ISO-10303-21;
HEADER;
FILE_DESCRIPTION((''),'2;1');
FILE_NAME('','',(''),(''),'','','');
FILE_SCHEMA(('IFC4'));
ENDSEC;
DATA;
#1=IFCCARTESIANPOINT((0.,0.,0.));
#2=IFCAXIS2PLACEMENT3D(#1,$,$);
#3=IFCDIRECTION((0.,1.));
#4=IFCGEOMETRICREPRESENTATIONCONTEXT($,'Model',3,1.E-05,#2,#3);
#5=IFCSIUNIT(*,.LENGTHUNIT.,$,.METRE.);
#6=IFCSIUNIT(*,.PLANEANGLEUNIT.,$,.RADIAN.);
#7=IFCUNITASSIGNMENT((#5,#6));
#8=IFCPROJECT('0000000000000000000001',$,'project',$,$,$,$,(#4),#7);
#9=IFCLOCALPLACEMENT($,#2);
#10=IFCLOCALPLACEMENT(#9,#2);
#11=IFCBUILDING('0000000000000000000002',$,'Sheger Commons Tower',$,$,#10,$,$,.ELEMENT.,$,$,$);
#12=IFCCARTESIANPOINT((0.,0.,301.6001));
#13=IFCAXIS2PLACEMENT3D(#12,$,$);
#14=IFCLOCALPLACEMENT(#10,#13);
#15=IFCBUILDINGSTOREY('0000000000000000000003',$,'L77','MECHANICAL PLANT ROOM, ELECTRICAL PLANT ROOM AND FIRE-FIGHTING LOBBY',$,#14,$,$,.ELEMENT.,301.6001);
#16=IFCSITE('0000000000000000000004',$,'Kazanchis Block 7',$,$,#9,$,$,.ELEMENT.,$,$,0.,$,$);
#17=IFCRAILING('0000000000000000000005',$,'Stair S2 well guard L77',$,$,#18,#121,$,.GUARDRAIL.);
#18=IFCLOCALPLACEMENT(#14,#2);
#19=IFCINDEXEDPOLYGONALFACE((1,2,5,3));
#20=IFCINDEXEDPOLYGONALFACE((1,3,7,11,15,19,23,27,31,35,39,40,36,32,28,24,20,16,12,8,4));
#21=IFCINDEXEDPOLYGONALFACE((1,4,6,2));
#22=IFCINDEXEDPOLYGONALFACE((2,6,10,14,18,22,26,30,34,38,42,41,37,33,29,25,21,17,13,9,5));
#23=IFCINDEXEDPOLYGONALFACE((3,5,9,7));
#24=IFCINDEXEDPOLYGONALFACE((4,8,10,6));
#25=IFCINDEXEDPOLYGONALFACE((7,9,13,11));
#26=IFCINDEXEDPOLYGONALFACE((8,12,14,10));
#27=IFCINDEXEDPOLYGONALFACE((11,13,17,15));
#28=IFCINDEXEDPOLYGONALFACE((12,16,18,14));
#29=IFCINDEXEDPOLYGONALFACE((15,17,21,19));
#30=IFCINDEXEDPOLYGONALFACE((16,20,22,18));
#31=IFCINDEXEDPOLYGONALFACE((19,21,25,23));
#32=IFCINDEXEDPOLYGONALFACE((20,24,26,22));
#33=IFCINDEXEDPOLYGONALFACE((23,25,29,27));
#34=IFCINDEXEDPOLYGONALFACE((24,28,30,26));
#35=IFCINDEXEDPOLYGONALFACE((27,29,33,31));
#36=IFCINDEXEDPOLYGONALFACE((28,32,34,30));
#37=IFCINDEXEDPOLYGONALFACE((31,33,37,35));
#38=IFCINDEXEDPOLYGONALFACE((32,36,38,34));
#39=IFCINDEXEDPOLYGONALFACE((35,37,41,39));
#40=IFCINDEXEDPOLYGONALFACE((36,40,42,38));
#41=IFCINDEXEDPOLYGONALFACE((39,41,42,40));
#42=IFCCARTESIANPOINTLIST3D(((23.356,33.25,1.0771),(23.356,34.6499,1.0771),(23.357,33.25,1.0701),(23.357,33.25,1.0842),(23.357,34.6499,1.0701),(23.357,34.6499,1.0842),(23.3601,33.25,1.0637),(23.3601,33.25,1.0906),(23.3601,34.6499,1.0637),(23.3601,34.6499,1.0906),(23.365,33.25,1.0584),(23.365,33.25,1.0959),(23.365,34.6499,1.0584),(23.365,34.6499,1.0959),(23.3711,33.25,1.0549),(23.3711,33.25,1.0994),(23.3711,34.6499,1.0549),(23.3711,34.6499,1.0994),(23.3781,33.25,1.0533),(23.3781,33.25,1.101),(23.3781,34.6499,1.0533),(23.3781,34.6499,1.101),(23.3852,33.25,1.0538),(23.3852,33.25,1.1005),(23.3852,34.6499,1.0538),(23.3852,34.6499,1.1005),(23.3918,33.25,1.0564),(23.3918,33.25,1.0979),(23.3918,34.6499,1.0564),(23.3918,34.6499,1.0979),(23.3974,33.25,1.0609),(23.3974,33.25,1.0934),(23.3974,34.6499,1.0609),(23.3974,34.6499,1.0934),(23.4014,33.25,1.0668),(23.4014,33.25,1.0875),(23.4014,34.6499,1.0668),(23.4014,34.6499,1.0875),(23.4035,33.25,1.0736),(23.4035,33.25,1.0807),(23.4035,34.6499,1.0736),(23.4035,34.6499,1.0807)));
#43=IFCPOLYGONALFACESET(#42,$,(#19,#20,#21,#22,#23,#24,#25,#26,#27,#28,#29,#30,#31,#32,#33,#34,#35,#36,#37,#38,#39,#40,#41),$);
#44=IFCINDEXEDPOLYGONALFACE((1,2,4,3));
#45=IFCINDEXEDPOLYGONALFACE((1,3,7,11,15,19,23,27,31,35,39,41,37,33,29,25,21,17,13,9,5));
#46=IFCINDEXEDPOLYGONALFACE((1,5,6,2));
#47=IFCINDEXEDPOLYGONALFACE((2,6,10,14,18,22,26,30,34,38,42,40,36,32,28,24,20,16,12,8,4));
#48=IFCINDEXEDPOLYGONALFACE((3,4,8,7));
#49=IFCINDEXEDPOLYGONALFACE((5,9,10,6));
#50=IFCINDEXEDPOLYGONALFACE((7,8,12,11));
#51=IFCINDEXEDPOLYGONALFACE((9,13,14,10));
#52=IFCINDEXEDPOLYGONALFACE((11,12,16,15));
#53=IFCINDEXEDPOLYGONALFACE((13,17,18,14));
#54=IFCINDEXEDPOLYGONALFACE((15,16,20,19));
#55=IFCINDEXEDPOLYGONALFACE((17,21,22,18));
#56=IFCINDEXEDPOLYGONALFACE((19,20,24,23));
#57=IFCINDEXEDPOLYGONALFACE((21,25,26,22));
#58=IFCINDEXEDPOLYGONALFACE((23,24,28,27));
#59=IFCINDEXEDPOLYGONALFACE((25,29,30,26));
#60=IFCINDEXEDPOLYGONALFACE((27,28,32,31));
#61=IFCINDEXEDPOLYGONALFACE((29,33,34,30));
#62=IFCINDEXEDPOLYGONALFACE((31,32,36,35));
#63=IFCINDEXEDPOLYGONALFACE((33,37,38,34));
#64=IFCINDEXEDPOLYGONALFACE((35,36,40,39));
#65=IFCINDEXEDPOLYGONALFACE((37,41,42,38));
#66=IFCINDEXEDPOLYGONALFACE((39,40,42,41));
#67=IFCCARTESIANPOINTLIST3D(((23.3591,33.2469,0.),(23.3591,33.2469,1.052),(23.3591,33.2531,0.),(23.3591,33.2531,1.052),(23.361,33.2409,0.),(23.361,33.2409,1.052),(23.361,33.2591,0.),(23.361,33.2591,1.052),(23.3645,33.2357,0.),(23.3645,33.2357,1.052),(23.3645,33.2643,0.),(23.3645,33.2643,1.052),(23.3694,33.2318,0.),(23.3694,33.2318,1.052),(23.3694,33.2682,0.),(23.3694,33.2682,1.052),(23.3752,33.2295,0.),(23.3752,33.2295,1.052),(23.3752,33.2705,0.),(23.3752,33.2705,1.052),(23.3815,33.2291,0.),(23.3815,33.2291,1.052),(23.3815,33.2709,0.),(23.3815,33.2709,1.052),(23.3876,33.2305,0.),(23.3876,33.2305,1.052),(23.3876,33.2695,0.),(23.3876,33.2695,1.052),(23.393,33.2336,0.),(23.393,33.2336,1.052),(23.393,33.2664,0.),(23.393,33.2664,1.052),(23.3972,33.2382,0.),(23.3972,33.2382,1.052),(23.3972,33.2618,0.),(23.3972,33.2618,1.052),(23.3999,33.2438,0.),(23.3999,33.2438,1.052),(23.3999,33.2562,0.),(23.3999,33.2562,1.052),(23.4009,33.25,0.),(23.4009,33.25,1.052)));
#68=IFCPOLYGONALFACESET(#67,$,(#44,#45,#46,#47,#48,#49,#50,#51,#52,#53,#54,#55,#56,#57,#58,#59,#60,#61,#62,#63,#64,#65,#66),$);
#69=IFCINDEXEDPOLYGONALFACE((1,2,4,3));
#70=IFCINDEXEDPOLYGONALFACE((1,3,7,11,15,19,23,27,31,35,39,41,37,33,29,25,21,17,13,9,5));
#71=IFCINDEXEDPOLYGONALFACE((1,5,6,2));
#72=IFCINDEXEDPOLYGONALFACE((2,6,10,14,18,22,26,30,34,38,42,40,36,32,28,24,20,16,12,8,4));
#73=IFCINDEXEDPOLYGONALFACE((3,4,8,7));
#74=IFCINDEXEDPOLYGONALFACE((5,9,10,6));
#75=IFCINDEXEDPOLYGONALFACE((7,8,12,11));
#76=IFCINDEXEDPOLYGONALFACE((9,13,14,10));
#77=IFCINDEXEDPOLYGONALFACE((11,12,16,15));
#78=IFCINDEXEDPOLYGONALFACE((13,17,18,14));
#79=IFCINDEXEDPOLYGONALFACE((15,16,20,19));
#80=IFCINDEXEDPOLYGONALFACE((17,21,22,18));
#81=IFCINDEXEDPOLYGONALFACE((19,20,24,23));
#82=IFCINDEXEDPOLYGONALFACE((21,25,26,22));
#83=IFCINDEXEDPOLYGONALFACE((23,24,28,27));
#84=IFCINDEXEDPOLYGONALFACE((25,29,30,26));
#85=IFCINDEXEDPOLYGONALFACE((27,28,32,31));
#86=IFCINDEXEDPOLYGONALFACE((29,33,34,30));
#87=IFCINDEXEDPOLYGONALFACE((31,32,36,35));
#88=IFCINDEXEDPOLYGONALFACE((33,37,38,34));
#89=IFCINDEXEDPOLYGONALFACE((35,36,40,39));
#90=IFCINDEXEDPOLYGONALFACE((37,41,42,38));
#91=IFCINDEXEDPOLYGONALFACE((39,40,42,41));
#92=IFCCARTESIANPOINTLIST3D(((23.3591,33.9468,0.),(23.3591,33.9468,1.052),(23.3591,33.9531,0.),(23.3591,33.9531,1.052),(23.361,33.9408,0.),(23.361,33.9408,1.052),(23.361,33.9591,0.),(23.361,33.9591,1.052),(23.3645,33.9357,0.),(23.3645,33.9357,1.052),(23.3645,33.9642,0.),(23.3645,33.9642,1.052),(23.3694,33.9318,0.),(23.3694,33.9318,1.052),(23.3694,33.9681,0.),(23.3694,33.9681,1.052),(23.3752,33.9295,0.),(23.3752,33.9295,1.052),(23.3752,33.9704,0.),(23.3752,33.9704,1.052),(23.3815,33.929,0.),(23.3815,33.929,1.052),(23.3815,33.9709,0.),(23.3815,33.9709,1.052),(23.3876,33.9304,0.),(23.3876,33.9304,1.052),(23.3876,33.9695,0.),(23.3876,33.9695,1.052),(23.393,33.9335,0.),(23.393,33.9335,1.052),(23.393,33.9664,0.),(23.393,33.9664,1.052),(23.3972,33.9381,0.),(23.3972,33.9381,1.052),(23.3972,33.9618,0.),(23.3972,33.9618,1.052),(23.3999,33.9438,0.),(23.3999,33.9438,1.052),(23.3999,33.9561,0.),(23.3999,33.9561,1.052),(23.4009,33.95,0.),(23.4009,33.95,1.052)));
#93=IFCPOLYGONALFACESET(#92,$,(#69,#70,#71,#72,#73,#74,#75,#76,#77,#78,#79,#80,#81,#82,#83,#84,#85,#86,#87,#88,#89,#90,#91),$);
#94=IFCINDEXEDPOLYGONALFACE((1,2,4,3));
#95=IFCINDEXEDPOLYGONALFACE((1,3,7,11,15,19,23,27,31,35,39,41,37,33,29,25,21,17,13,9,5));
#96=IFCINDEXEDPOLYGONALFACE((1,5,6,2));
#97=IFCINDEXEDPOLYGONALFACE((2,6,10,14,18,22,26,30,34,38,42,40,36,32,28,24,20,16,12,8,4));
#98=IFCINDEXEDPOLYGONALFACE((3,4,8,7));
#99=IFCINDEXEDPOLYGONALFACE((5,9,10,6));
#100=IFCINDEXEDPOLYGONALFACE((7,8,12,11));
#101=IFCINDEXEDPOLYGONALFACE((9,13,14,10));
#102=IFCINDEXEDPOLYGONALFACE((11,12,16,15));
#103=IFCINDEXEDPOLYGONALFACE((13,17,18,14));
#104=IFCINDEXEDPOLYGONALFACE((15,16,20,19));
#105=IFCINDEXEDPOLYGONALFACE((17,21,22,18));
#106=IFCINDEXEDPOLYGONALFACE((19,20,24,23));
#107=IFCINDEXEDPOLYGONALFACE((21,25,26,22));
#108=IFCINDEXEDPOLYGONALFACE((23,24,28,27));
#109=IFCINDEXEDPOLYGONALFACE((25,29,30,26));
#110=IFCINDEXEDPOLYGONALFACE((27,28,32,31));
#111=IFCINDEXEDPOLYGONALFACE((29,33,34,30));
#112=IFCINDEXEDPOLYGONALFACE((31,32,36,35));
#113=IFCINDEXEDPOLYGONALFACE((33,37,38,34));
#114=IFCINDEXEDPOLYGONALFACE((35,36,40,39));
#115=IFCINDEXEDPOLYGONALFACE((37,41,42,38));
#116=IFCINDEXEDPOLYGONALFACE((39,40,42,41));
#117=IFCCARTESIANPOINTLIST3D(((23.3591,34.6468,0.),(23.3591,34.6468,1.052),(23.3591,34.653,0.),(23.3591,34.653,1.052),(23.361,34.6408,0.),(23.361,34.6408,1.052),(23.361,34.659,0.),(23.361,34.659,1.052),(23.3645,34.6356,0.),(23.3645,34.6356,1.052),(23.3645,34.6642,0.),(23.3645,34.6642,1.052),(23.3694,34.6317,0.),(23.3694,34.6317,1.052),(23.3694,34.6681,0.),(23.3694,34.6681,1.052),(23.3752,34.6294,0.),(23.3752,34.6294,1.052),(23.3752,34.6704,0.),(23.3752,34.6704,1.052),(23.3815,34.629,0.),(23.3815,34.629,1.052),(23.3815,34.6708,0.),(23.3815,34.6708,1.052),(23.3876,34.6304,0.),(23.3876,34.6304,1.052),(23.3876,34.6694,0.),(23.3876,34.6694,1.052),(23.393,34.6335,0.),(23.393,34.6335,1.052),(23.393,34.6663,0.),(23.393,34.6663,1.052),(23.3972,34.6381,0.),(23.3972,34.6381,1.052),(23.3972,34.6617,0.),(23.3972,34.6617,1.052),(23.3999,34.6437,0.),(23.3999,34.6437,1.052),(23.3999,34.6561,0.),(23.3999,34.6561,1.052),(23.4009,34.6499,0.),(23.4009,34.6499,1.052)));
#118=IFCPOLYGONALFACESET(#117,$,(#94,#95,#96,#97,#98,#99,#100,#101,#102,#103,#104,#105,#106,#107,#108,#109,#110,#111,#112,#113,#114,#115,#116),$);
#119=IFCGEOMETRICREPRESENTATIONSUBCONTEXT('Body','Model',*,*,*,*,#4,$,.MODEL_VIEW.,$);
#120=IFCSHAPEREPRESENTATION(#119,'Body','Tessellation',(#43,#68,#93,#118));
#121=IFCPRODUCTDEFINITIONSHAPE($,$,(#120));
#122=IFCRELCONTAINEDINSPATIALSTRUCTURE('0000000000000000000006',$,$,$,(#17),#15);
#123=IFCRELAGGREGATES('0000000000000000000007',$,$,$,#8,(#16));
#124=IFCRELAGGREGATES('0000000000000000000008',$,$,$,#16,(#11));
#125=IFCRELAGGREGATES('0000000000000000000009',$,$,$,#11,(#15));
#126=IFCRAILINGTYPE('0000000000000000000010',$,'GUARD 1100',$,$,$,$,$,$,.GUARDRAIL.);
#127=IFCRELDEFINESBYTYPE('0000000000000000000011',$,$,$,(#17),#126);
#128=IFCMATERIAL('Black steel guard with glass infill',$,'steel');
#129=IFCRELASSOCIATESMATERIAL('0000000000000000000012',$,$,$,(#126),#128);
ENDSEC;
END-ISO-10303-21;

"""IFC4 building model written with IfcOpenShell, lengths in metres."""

from ifc_helpers import new_model, si_unit, direction, frame, origin, origin_2d, place, context, subcontext, project, spatial, circle, extrude, material, type_object, element, save


model = new_model("IFC4")

# Units and contexts
model_context = context("Model", 3, precision=1e-05, world=origin(), true_north=direction((0.0, 1.0)))
body_context = subcontext(model_context, "Body", "Model", "MODEL_VIEW")
ifc_project = project(units=[si_unit("LENGTHUNIT", "METRE"), si_unit("PLANEANGLEUNIT", "RADIAN")], contexts=[model_context])

# Site, building, storey
site_placement = place(None, origin())
site = spatial("IfcSite", under=ifc_project, at=site_placement, Name="Kazanchis Block 7", CompositionType="ELEMENT", RefElevation=0.0)
building_placement = place(site_placement, origin())
building = spatial("IfcBuilding", under=site, at=building_placement, Name="Sheger Commons Tower", CompositionType="ELEMENT")
storey_placement = place(building_placement, frame((0.0, 0.0, 301.6001)))
storey = spatial("IfcBuildingStorey", under=building, at=storey_placement, Name="L77", Description="MECHANICAL PLANT ROOM, ELECTRICAL PLANT ROOM AND FIRE-FIGHTING LOBBY", CompositionType="ELEMENT", Elevation=301.6001)

# Railing
ifc_material_1 = material(Name="Black steel guard with glass infill", Category="steel")
railing_type = type_object("IfcRailingType", Name="GUARD 1100", PredefinedType="GUARDRAIL", material=ifc_material_1)
railing_placement = place(storey_placement, frame((23.3799, 33.25, 0.0)))
element("IfcRailing", 1, at=railing_placement, inside=storey, type_object=railing_type, Name="Stair S2 well guard L77", PredefinedType="GUARDRAIL", context=body_context, shape_type="SweptSolid", body=[
    extrude(circle(Radius=0.0239, at=origin_2d()), frame((0.0, 0.0, 1.0771), z_axis=(0.0, 1.0, 0.0), x_axis=(-1.0, 0.0, 0.0)), (0.0, 0.0, 1.0), 1.3999),
    extrude(circle(Radius=0.021, at=origin_2d()), origin(), (0.0, 0.0, 1.0), 1.052),
    extrude(circle(Radius=0.021, at=origin_2d()), frame((0.0, 0.7, 0.0)), (0.0, 0.0, 1.0), 1.052),
    extrude(circle(Radius=0.021, at=origin_2d()), frame((0.0, 1.3999, 0.0)), (0.0, 0.0, 1.0), 1.052),
])

save(model, "model.ifc")
